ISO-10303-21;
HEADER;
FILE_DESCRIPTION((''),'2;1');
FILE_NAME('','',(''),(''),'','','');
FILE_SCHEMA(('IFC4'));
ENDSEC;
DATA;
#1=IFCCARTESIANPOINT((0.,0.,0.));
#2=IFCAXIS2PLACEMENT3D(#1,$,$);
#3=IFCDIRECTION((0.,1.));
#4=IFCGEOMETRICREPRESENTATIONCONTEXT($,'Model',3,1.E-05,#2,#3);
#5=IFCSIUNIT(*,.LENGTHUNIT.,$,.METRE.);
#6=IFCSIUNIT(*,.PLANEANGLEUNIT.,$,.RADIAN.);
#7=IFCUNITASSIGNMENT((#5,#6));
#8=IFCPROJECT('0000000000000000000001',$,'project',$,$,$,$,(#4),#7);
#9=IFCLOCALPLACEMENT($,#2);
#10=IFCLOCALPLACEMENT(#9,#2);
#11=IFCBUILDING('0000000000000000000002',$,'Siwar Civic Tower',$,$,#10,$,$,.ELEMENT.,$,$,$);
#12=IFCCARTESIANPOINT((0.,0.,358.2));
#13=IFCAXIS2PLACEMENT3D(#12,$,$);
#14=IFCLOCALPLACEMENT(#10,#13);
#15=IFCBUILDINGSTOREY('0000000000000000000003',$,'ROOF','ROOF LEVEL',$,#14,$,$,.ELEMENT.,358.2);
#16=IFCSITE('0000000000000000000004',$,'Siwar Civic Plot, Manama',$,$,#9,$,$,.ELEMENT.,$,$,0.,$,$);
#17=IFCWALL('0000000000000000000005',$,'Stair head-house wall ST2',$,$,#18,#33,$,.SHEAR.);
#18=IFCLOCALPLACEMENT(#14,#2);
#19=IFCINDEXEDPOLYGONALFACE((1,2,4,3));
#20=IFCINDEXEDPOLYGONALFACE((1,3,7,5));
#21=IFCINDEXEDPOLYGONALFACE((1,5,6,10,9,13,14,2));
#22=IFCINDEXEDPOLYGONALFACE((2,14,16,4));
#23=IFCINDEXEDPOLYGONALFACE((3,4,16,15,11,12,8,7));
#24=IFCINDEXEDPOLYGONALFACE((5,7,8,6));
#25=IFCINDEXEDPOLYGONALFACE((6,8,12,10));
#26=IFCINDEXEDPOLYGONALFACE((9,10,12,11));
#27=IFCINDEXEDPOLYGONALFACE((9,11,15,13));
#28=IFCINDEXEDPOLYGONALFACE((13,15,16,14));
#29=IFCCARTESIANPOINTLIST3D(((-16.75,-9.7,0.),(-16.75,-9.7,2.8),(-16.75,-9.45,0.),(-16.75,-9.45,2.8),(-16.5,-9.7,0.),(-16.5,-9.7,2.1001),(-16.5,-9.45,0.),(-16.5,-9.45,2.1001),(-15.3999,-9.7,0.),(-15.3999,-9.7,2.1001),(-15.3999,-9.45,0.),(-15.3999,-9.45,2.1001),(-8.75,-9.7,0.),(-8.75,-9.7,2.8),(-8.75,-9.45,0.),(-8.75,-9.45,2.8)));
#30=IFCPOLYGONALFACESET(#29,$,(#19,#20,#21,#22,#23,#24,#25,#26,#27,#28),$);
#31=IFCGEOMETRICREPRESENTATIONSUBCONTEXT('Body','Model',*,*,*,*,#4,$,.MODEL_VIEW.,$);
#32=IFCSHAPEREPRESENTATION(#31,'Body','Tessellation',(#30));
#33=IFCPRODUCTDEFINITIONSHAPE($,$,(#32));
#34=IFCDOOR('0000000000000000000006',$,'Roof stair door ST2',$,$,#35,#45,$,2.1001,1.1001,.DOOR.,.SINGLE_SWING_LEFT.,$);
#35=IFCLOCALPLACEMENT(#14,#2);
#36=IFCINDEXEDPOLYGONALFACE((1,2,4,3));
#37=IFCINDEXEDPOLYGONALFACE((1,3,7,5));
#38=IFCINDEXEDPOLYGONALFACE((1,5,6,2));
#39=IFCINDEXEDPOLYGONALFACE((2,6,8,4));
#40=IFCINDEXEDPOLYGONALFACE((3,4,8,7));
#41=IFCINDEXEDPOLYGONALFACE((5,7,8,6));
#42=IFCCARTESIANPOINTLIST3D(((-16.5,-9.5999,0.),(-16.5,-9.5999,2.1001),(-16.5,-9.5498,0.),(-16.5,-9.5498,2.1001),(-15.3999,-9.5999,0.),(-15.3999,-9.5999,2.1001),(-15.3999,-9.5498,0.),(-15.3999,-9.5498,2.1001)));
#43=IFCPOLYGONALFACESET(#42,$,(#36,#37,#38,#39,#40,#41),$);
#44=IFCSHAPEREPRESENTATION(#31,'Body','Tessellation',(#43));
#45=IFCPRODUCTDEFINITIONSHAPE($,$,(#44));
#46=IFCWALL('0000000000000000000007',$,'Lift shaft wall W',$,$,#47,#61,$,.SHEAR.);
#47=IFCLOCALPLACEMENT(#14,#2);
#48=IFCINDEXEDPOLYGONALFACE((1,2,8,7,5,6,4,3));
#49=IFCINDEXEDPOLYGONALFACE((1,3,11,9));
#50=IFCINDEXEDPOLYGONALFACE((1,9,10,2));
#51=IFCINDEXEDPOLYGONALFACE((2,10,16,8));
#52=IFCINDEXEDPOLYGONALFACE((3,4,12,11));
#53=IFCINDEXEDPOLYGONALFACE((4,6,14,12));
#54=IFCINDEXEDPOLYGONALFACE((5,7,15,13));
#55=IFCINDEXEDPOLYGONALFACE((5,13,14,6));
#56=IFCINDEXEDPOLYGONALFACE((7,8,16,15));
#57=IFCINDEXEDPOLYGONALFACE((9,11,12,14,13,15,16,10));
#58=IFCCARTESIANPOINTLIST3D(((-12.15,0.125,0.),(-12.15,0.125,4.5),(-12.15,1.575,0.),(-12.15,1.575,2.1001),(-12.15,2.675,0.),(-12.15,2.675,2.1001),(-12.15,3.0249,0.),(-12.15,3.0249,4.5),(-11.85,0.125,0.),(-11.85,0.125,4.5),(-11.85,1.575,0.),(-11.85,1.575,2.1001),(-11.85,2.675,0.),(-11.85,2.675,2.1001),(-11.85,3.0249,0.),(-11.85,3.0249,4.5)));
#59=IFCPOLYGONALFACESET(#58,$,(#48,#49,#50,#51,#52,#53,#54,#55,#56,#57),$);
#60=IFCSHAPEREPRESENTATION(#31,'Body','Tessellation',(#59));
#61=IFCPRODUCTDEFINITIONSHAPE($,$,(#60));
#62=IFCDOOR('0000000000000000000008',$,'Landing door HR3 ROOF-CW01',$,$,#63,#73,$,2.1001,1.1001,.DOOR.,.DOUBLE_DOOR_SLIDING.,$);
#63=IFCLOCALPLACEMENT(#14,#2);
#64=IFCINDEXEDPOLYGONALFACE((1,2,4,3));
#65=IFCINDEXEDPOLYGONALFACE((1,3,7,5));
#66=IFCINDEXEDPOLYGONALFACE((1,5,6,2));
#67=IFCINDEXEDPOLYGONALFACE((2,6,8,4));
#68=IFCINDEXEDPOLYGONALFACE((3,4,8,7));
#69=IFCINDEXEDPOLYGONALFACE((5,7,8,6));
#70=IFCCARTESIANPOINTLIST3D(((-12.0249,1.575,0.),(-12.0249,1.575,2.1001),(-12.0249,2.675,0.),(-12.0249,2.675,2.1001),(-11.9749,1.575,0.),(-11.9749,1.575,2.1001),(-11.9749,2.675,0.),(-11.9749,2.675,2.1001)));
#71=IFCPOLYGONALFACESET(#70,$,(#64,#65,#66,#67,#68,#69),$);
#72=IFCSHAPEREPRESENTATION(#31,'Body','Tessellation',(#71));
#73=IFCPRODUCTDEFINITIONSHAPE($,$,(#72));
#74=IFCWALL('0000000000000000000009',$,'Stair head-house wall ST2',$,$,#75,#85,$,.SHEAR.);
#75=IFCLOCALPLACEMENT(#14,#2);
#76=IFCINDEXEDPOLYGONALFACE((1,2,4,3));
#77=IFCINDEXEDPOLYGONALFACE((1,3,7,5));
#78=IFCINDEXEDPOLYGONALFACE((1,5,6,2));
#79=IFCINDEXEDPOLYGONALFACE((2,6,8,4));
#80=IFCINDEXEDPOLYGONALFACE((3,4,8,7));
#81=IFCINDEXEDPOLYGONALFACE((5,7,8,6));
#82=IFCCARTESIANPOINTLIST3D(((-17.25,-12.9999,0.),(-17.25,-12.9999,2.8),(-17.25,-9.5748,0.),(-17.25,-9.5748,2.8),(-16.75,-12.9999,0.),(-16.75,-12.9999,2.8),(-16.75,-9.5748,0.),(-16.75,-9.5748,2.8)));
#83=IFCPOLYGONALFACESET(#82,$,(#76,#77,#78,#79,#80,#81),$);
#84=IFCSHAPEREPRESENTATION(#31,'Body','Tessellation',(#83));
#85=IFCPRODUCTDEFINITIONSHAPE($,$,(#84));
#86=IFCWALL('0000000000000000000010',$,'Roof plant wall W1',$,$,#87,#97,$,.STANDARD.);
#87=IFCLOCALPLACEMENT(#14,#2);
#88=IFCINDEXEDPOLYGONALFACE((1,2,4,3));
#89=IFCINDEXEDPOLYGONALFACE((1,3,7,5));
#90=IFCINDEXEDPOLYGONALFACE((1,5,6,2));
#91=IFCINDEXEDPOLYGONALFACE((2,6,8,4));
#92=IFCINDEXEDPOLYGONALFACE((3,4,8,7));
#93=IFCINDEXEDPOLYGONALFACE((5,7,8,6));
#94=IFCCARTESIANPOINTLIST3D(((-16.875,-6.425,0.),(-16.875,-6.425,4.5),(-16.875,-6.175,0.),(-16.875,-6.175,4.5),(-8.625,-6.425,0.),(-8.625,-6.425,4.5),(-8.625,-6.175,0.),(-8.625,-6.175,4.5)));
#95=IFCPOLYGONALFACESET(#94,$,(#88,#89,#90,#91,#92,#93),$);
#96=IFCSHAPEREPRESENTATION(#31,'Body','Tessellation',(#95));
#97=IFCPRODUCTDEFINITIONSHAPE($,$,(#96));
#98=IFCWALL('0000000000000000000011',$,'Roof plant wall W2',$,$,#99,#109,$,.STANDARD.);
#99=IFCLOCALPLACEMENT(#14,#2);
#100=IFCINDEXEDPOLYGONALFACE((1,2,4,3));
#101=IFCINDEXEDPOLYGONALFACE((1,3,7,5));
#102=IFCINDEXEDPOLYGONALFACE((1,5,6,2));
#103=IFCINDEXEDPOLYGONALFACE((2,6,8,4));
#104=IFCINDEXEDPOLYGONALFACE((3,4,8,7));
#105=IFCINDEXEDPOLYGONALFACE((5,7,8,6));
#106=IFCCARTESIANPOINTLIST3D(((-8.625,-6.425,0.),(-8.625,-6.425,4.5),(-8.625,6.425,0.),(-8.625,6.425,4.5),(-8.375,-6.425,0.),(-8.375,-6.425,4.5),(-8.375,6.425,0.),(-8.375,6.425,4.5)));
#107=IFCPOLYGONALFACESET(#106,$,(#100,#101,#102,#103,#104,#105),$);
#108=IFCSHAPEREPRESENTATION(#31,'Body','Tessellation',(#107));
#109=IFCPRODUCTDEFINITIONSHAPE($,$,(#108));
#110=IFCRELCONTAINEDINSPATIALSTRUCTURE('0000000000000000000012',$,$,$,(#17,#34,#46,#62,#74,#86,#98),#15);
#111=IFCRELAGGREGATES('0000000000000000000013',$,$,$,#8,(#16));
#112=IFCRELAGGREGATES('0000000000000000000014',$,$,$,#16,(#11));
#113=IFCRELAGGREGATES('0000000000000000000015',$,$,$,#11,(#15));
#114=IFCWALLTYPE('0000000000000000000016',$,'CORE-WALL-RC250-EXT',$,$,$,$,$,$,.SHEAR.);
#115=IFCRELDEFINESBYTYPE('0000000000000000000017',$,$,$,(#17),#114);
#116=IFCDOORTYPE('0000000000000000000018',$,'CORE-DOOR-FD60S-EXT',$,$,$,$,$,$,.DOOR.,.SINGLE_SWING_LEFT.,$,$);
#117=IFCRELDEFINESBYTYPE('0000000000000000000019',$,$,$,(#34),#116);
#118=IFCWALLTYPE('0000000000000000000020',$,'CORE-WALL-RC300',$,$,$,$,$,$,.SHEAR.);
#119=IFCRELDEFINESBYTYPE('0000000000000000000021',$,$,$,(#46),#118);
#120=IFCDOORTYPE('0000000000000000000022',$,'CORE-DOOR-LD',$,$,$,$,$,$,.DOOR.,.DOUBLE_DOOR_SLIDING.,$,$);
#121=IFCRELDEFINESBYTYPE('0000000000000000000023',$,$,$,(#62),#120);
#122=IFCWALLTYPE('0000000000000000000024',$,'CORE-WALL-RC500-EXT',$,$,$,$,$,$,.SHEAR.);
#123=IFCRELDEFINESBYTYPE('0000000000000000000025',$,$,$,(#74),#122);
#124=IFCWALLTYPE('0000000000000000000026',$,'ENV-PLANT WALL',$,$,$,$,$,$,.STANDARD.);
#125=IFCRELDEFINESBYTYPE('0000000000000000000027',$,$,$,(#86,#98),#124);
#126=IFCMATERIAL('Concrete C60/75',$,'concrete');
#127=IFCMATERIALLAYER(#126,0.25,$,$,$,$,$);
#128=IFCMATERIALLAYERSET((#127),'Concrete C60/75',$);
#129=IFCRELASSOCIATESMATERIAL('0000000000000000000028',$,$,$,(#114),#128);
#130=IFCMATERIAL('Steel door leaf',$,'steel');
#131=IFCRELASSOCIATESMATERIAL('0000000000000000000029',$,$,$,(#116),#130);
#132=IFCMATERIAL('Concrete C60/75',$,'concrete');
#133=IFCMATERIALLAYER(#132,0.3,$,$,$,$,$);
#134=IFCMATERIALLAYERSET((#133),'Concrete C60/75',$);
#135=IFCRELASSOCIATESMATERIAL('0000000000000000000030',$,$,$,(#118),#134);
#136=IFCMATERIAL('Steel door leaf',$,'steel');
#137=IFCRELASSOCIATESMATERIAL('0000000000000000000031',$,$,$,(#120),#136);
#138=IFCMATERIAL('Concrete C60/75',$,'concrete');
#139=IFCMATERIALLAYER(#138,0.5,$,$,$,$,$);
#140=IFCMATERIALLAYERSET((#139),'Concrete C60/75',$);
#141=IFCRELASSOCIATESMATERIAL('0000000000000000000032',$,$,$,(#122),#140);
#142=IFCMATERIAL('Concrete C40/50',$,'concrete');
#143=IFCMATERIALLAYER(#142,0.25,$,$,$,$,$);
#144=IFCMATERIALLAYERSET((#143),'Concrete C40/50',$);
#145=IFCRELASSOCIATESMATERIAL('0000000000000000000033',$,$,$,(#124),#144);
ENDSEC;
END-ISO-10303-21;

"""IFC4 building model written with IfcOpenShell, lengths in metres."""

from ifc_helpers import new_model, si_unit, direction, frame, frame_2d, origin, place, context, subcontext, project, spatial, rectangle, extrude, material, layer, layer_set, type_object, element, fill, save


model = new_model("IFC4")

# Units and contexts
model_context = context("Model", 3, precision=1e-05, world=origin(), true_north=direction((0.0, 1.0)))
body_context = subcontext(model_context, "Body", "Model", "MODEL_VIEW")
ifc_project = project(units=[si_unit("LENGTHUNIT", "METRE"), si_unit("PLANEANGLEUNIT", "RADIAN")], contexts=[model_context])

# Site, building, storey
site_placement = place(None, origin())
site = spatial("IfcSite", under=ifc_project, at=site_placement, Name="Siwar Civic Plot, Manama", CompositionType="ELEMENT", RefElevation=0.0)
building_placement = place(site_placement, origin())
building = spatial("IfcBuilding", under=site, at=building_placement, Name="Siwar Civic Tower", CompositionType="ELEMENT")
storey_placement = place(building_placement, frame((0.0, 0.0, 358.2)))
storey = spatial("IfcBuildingStorey", under=building, at=storey_placement, Name="ROOF", Description="ROOF LEVEL", CompositionType="ELEMENT", Elevation=358.2)

# Walls, openings, doors
ifc_material_1 = material(Name="Concrete C60/75", Category="concrete")
ifc_layer_1 = layer(ifc_material_1, 0.25)
ifc_layer_set_1 = layer_set([ifc_layer_1], Name="Concrete C60/75")
wall_type_1 = type_object("IfcWallType", Name="CORE-WALL-RC250-EXT", PredefinedType="SHEAR", material=ifc_layer_set_1)
wall_1_placement = place(storey_placement, frame((-8.75, -9.575, 0.0), z_axis=(0.0, 0.0, 1.0), x_axis=(-1.0, 0.0, 0.0)))
wall_1 = element("IfcWall", 1, at=wall_1_placement, inside=storey, type_object=wall_type_1, Name="Stair head-house wall ST2", PredefinedType="SHEAR", context=body_context, shape_type="SweptSolid", body=[
    extrude(rectangle(XDim=8.0, YDim=0.25, at=frame_2d((4.0, 0.0))), origin(), (0.0, 0.0, 1.0), 2.8),
])
opening_1_placement = place(wall_1_placement, frame((6.6499, 0.0, 0.0)))
opening_1 = element("IfcOpeningElement", 2, at=opening_1_placement, cuts=wall_1, PredefinedType="OPENING", context=body_context, shape_type="SweptSolid", body=[
    extrude(rectangle(XDim=1.1001, YDim=2.1001, at=frame_2d((0.55, 1.05))), frame((0.0, 0.135, 0.0), z_axis=(0.0, -1.0, 0.0), x_axis=(1.0, 0.0, 0.0)), (0.0, 0.0, 1.0), 0.27),
])
ifc_material_2 = material(Name="Steel door leaf", Category="steel")
door_type_1 = type_object("IfcDoorType", Name="CORE-DOOR-FD60S-EXT", OperationType="SINGLE_SWING_LEFT", PredefinedType="DOOR", material=ifc_material_2)
door_1_placement = place(opening_1_placement, origin())
door_1 = element("IfcDoor", 3, at=door_1_placement, inside=storey, type_object=door_type_1, Name="Roof stair door ST2", OperationType="SINGLE_SWING_LEFT", OverallHeight=2.1001, OverallWidth=1.1001, PredefinedType="DOOR", context=body_context, shape_type="SweptSolid", body=[
    extrude(rectangle(XDim=1.1001, YDim=2.1001, at=frame_2d((0.55, 1.05))), frame((0.0, 0.0249, 0.0), z_axis=(0.0, -1.0, 0.0), x_axis=(1.0, 0.0, 0.0)), (0.0, 0.0, 1.0), 0.05),
])
fill(opening_1, door_1)
ifc_material_3 = material(Name="Concrete C60/75", Category="concrete")
ifc_layer_2 = layer(ifc_material_3, 0.3)
ifc_layer_set_2 = layer_set([ifc_layer_2], Name="Concrete C60/75")
wall_type_2 = type_object("IfcWallType", Name="CORE-WALL-RC300", PredefinedType="SHEAR", material=ifc_layer_set_2)
wall_2_placement = place(storey_placement, frame((-12.0, 0.125, 0.0), z_axis=(0.0, 0.0, 1.0), x_axis=(0.0, 1.0, 0.0)))
wall_2 = element("IfcWall", 4, at=wall_2_placement, inside=storey, type_object=wall_type_2, Name="Lift shaft wall W", PredefinedType="SHEAR", context=body_context, shape_type="SweptSolid", body=[
    extrude(rectangle(XDim=2.8999, YDim=0.3, at=frame_2d((1.45, 0.0))), origin(), (0.0, 0.0, 1.0), 4.5),
])
opening_2_placement = place(wall_2_placement, frame((1.45, 0.0, 0.0)))
opening_2 = element("IfcOpeningElement", 5, at=opening_2_placement, cuts=wall_2, PredefinedType="OPENING", context=body_context, shape_type="SweptSolid", body=[
    extrude(rectangle(XDim=1.1001, YDim=2.1001, at=frame_2d((0.55, 1.05))), frame((0.0, 0.1602, 0.0), z_axis=(0.0, -1.0, 0.0), x_axis=(1.0, 0.0, 0.0)), (0.0, 0.0, 1.0), 0.3201),
])
ifc_material_4 = material(Name="Steel door leaf", Category="steel")
door_type_2 = type_object("IfcDoorType", Name="CORE-DOOR-LD", OperationType="DOUBLE_DOOR_SLIDING", PredefinedType="DOOR", material=ifc_material_4)
door_2_placement = place(opening_2_placement, origin())
door_2 = element("IfcDoor", 6, at=door_2_placement, inside=storey, type_object=door_type_2, Name="Landing door HR3 ROOF-CW01", OperationType="DOUBLE_DOOR_SLIDING", OverallHeight=2.1001, OverallWidth=1.1001, PredefinedType="DOOR", context=body_context, shape_type="SweptSolid", body=[
    extrude(rectangle(XDim=1.1001, YDim=2.1001, at=frame_2d((0.55, 1.05))), frame((0.0, 0.0249, 0.0), z_axis=(0.0, -1.0, 0.0), x_axis=(1.0, 0.0, 0.0)), (0.0, 0.0, 1.0), 0.05),
])
fill(opening_2, door_2)

# Walls
ifc_material_5 = material(Name="Concrete C60/75", Category="concrete")
ifc_layer_3 = layer(ifc_material_5, 0.5)
ifc_layer_set_3 = layer_set([ifc_layer_3], Name="Concrete C60/75")
wall_type_3 = type_object("IfcWallType", Name="CORE-WALL-RC500-EXT", PredefinedType="SHEAR", material=ifc_layer_set_3)
wall_3_placement = place(storey_placement, frame((-17.0, -9.575, 0.0), z_axis=(0.0, 0.0, 1.0), x_axis=(0.0, -1.0, 0.0)))
element("IfcWall", 7, at=wall_3_placement, inside=storey, type_object=wall_type_3, Name="Stair head-house wall ST2", PredefinedType="SHEAR", context=body_context, shape_type="SweptSolid", body=[
    extrude(rectangle(XDim=3.425, YDim=0.5, at=frame_2d((1.7124, 0.0))), origin(), (0.0, 0.0, 1.0), 2.8),
])
ifc_material_6 = material(Name="Concrete C40/50", Category="concrete")
ifc_layer_4 = layer(ifc_material_6, 0.25)
ifc_layer_set_4 = layer_set([ifc_layer_4], Name="Concrete C40/50")
wall_type_4 = type_object("IfcWallType", Name="ENV-PLANT WALL", PredefinedType="STANDARD", material=ifc_layer_set_4)
wall_4_placement = place(storey_placement, frame((-16.875, -6.3, 0.0), z_axis=(0.0, 0.0, 1.0), x_axis=(1.0, 0.0, 0.0)))
element("IfcWall", 8, at=wall_4_placement, inside=storey, type_object=wall_type_4, Name="Roof plant wall W1", PredefinedType="STANDARD", context=body_context, shape_type="SweptSolid", body=[
    extrude(rectangle(XDim=8.25, YDim=0.25, at=frame_2d((4.125, 0.0))), origin(), (0.0, 0.0, 1.0), 4.5),
])
wall_5_placement = place(storey_placement, frame((-8.5, -6.425, 0.0), z_axis=(0.0, 0.0, 1.0), x_axis=(0.0, 1.0, 0.0)))
element("IfcWall", 9, at=wall_5_placement, inside=storey, type_object=wall_type_4, Name="Roof plant wall W2", PredefinedType="STANDARD", context=body_context, shape_type="SweptSolid", body=[
    extrude(rectangle(XDim=12.8501, YDim=0.25, at=frame_2d((6.425, 0.0))), origin(), (0.0, 0.0, 1.0), 4.5),
])

save(model, "model.ifc")
